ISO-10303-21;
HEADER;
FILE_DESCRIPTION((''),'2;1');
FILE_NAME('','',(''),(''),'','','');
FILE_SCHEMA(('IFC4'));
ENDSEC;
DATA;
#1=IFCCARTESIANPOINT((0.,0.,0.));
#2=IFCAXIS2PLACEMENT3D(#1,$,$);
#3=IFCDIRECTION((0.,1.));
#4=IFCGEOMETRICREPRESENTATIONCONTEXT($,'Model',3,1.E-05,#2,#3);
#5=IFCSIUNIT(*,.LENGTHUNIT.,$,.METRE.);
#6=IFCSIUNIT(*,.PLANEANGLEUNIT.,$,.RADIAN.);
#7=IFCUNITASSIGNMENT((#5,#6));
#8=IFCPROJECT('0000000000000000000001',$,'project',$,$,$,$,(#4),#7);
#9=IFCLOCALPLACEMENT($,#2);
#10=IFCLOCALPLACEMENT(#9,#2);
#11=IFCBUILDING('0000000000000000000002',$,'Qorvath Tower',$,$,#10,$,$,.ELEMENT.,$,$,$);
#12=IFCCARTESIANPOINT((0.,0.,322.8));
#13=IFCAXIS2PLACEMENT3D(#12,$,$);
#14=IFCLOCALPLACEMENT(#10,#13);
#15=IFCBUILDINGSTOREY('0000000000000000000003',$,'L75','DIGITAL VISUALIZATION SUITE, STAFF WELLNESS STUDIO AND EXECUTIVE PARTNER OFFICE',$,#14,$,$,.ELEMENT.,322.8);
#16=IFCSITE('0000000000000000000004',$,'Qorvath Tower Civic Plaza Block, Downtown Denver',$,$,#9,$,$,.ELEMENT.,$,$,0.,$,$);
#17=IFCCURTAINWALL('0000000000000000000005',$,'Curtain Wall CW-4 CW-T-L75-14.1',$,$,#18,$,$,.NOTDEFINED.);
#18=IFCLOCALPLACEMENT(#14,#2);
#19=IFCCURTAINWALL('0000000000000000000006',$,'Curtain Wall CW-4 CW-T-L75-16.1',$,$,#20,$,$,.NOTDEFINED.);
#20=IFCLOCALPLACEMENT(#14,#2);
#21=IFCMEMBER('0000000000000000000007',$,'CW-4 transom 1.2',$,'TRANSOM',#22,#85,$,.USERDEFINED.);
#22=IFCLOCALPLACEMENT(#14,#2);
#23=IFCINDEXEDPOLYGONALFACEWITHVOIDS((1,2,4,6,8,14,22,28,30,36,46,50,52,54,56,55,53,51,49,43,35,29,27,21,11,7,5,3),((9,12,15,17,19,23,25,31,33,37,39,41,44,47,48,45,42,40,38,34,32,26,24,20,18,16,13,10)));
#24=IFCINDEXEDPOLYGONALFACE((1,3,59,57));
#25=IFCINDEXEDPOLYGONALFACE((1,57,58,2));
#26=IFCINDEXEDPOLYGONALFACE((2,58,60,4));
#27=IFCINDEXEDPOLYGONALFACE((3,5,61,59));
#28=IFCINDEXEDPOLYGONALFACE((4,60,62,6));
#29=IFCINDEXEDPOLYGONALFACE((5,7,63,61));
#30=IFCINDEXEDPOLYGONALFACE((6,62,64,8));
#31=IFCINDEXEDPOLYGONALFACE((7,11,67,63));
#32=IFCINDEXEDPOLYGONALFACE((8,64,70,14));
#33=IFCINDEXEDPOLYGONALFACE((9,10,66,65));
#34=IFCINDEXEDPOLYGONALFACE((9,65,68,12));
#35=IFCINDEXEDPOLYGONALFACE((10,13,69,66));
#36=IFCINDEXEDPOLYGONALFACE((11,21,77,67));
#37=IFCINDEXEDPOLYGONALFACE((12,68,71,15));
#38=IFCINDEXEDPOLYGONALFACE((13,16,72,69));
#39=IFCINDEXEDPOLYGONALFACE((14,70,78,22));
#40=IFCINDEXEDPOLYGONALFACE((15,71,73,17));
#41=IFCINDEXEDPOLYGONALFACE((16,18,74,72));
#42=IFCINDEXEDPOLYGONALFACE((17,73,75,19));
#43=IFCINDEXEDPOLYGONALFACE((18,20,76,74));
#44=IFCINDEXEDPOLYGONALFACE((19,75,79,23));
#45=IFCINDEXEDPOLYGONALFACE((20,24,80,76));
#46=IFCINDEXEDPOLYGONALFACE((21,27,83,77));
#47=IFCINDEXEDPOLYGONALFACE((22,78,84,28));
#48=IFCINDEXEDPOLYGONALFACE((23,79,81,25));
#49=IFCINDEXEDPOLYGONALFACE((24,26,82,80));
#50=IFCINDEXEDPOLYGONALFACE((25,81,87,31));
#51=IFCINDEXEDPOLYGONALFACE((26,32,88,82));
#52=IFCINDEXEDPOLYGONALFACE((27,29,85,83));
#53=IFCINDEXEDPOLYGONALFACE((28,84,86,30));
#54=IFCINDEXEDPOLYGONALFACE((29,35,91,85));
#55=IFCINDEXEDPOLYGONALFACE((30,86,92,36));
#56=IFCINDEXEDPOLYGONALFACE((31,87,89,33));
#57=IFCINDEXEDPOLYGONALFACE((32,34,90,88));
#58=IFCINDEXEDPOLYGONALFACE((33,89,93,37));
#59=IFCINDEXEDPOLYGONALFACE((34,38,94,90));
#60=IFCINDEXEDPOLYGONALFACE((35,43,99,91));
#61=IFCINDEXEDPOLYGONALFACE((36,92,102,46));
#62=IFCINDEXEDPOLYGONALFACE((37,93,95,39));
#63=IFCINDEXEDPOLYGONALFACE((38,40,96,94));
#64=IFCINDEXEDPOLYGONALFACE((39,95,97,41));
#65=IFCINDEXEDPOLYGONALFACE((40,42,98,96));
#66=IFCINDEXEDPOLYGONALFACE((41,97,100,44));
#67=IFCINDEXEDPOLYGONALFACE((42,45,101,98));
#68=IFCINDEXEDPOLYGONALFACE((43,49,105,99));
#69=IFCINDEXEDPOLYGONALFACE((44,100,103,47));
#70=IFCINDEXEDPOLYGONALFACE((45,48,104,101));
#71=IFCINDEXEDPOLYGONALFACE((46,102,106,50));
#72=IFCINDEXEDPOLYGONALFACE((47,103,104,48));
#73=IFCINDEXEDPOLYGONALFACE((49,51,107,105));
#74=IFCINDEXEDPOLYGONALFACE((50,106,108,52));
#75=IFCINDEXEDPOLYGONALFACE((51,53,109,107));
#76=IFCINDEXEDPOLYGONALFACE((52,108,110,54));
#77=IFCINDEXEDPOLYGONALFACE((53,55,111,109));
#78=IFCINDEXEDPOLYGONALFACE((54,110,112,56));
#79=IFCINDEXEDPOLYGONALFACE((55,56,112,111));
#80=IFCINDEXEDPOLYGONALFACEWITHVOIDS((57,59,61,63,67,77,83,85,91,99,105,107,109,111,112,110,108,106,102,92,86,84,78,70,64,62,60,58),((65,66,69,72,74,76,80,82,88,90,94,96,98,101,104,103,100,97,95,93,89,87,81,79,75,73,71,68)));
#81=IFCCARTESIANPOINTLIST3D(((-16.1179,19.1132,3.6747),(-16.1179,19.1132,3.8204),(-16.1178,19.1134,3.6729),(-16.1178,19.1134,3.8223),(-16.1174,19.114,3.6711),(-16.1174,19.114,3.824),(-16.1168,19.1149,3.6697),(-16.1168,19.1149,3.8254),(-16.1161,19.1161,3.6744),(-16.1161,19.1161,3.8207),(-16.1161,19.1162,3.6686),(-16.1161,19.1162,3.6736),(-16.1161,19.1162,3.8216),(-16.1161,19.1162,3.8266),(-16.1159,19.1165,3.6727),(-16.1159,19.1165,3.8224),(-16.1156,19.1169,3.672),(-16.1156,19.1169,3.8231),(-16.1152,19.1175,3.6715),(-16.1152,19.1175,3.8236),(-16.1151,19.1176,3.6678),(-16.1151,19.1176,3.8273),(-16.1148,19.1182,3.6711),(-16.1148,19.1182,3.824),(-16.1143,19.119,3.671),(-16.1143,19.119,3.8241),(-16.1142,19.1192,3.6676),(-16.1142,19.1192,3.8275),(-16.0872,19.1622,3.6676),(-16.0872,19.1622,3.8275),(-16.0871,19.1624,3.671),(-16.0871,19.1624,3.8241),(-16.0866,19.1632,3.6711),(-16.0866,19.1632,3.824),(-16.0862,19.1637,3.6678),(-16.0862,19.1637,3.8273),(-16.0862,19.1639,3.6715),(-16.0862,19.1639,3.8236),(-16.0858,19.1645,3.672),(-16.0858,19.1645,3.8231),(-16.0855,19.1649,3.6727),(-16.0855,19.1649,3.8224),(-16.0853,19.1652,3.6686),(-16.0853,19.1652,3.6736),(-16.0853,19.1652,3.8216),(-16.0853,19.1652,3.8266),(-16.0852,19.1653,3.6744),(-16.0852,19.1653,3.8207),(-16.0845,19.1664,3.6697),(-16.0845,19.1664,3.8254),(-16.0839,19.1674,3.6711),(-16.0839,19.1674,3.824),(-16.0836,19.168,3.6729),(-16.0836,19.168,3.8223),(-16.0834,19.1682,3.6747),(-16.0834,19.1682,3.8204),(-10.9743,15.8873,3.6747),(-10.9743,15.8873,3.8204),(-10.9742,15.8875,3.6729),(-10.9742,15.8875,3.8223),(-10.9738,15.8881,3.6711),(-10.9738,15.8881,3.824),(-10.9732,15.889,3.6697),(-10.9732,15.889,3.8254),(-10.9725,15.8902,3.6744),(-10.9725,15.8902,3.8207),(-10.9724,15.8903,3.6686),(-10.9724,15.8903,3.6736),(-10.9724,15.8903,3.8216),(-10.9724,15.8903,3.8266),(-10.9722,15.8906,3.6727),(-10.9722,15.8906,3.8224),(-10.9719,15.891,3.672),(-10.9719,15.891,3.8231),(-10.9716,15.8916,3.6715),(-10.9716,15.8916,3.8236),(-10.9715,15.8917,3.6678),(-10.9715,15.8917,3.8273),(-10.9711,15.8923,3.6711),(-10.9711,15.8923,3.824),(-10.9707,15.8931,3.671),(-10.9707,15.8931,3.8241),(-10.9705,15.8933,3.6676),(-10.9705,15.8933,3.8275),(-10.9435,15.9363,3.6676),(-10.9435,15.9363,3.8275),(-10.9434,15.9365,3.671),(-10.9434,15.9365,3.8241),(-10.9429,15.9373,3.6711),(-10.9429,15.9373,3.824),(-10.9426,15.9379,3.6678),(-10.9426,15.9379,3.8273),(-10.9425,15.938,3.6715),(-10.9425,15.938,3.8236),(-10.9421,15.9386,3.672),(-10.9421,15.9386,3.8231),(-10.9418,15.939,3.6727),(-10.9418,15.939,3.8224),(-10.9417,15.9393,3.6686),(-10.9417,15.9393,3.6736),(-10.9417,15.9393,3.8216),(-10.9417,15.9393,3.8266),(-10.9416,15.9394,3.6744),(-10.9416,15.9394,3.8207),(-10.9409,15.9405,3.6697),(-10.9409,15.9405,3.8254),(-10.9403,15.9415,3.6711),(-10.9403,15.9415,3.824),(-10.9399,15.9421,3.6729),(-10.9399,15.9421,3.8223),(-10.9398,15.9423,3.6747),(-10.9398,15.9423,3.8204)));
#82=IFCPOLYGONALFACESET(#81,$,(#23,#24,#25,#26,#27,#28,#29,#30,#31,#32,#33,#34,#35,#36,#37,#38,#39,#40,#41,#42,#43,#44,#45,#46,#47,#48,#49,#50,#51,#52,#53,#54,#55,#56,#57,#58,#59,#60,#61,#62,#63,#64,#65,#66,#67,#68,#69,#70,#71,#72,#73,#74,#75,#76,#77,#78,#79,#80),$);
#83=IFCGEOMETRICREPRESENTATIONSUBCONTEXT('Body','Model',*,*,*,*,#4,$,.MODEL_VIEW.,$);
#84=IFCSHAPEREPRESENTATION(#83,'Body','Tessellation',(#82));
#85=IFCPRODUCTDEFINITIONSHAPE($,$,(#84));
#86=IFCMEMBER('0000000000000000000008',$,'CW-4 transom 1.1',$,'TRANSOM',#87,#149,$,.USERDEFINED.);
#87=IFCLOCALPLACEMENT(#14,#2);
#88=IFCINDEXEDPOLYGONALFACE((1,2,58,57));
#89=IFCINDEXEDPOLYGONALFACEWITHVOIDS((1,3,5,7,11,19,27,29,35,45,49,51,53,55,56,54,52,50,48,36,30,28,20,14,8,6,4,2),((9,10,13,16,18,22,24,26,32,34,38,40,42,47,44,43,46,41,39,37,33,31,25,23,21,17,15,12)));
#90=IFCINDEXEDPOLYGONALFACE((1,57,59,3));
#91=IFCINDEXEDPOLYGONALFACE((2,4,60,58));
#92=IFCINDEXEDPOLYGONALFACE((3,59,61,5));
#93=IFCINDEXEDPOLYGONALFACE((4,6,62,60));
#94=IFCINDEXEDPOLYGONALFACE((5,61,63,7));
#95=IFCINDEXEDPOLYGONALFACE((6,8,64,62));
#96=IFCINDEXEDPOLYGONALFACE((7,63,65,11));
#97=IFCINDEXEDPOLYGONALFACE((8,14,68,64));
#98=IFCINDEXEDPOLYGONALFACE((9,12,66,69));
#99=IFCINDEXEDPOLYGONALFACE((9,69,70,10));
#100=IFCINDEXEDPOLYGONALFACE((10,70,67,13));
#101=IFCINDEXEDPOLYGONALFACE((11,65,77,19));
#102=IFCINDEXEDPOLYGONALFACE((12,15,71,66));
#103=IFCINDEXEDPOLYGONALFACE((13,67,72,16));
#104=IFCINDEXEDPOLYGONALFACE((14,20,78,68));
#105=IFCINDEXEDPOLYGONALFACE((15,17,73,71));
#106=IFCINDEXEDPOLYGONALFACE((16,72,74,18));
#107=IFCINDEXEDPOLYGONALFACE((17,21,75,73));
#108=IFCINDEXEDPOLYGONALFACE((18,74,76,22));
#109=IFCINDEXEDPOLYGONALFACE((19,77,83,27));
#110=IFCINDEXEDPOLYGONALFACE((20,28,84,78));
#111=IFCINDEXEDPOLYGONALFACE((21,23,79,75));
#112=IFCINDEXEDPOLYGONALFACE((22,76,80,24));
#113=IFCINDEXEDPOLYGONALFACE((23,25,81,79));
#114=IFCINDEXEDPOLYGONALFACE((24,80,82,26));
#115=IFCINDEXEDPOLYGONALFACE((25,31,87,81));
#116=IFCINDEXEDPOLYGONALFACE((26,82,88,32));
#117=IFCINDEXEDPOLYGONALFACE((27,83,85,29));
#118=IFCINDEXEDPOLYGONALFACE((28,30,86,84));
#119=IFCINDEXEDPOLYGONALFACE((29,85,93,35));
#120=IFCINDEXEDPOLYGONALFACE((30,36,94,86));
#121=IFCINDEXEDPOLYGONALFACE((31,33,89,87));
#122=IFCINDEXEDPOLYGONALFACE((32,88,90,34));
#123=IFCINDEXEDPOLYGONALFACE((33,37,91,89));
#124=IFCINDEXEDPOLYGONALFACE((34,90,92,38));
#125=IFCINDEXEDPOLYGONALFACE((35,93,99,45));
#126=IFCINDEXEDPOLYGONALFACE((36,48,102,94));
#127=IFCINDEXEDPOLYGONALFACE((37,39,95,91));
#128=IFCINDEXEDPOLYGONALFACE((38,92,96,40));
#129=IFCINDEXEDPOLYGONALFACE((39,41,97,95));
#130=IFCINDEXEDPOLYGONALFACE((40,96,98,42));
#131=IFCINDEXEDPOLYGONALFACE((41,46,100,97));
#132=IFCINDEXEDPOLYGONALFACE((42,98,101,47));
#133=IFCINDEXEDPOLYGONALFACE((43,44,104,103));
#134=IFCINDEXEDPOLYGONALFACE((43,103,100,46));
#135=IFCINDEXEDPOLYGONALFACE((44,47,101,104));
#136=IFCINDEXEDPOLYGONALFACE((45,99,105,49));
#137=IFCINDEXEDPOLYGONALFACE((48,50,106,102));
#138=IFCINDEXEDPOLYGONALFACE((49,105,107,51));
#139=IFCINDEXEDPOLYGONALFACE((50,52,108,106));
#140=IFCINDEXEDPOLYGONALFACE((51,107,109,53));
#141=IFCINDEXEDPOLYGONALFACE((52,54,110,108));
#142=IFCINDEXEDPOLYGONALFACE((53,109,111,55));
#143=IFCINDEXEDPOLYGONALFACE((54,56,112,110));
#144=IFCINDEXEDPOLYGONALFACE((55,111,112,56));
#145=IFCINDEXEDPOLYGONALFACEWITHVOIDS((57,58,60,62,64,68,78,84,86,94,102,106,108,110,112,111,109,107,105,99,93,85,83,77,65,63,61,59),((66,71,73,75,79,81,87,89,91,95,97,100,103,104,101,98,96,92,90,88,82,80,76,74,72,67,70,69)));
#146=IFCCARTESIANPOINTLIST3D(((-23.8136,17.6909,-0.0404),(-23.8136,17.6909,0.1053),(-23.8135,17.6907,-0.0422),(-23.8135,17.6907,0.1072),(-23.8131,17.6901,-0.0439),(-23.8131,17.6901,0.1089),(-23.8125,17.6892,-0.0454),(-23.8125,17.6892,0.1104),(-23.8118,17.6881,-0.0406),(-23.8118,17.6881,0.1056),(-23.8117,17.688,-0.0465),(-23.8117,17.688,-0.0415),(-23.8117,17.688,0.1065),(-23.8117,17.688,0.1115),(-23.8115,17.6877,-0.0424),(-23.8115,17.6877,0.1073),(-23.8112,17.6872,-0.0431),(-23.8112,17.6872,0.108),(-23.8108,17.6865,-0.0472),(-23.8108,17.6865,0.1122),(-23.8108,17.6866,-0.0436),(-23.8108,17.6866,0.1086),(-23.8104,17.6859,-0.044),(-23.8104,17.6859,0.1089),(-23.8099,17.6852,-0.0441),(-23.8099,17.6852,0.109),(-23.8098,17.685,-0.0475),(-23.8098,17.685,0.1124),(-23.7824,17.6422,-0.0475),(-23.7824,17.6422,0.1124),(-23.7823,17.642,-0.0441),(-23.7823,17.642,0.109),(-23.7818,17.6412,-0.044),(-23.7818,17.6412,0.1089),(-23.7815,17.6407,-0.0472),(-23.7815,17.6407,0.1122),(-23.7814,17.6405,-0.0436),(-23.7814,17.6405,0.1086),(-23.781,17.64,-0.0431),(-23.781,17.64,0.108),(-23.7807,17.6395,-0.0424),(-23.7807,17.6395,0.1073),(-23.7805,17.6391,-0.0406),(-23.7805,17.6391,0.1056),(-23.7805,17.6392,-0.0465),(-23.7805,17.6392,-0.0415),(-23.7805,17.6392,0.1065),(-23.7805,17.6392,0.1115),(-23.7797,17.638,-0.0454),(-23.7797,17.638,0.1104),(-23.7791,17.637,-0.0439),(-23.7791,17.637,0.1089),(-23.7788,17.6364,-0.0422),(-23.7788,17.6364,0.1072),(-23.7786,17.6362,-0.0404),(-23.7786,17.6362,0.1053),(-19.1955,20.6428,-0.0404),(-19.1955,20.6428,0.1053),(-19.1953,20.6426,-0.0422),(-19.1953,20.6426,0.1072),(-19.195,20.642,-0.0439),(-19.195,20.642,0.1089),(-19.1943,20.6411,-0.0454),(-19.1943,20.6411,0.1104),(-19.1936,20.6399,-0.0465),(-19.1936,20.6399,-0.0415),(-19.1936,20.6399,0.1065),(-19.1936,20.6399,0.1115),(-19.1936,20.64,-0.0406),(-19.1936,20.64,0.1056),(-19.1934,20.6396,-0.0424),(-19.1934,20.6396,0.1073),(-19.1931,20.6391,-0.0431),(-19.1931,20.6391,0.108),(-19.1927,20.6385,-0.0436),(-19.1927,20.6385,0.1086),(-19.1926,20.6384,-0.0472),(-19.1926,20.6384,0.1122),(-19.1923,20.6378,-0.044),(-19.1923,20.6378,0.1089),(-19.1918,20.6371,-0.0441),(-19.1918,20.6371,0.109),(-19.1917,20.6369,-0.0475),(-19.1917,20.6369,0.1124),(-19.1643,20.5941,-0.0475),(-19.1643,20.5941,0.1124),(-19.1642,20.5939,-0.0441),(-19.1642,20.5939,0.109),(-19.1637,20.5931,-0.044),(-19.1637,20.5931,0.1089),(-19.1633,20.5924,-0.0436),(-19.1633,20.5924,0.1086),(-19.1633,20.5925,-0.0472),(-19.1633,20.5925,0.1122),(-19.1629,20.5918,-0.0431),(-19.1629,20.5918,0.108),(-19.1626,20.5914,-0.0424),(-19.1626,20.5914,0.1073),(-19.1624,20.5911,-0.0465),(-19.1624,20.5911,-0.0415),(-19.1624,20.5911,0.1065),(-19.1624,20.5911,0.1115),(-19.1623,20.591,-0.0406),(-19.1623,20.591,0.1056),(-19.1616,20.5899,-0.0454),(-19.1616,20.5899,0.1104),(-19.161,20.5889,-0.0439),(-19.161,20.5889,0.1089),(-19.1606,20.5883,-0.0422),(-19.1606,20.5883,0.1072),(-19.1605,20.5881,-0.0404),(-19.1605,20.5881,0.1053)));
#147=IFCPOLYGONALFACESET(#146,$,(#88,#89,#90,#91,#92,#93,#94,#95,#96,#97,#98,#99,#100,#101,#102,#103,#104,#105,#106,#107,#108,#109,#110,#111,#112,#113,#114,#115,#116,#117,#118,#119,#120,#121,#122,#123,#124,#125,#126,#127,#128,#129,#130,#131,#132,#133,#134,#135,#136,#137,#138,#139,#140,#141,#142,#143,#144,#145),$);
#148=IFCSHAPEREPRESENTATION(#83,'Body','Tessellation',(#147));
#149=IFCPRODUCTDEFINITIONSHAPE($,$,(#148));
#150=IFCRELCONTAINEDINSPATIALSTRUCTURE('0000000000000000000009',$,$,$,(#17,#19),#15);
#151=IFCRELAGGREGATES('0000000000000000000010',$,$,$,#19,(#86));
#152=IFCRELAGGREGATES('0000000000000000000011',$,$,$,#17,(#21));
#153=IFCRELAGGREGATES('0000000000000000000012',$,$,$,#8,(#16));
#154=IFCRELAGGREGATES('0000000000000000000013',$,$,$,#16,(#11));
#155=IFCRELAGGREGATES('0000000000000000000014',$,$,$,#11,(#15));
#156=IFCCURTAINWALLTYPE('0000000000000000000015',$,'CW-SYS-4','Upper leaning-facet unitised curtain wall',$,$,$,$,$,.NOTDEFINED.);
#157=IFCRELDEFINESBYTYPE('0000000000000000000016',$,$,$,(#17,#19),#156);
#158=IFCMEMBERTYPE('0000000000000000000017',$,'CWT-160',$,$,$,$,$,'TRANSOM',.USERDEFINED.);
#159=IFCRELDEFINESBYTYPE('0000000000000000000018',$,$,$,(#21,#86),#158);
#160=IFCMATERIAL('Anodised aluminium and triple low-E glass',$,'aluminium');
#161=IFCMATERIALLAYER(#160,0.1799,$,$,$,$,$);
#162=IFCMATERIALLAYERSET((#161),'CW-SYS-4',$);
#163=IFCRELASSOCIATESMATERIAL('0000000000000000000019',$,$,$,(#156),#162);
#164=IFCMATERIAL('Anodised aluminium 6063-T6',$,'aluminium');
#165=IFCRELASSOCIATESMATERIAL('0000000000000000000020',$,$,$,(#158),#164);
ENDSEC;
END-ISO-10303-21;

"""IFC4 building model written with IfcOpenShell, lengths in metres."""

from ifc_helpers import new_model, si_unit, direction, frame, origin, origin_2d, place, context, subcontext, project, spatial, hollow_rectangle, extrude, material, layer, layer_set, material_profile, profile_set, type_object, element, aggregate, save


model = new_model("IFC4")

# Units and contexts
model_context = context("Model", 3, precision=1e-05, world=origin(), true_north=direction((0.0, 1.0)))
body_context = subcontext(model_context, "Body", "Model", "MODEL_VIEW")
ifc_project = project(units=[si_unit("LENGTHUNIT", "METRE"), si_unit("PLANEANGLEUNIT", "RADIAN")], contexts=[model_context])

# Site, building, storey
site_placement = place(None, origin())
site = spatial("IfcSite", under=ifc_project, at=site_placement, Name="Qorvath Tower Civic Plaza Block, Downtown Denver", CompositionType="ELEMENT", RefElevation=0.0)
building_placement = place(site_placement, origin())
building = spatial("IfcBuilding", under=site, at=building_placement, Name="Qorvath Tower", CompositionType="ELEMENT")
storey_placement = place(building_placement, frame((0.0, 0.0, 322.8)))
storey = spatial("IfcBuildingStorey", under=building, at=storey_placement, Name="L75", Description="DIGITAL VISUALIZATION SUITE, STAFF WELLNESS STUDIO AND EXECUTIVE PARTNER OFFICE", CompositionType="ELEMENT", Elevation=322.8)

# Shared definitions
ifc_material_1 = material(Name="Anodised aluminium and triple low-E glass", Category="aluminium")
ifc_layer_1 = layer(ifc_material_1, 0.1799)
ifc_layer_set_1 = layer_set([ifc_layer_1], Name="CW-SYS-4")
curtain_wall_type = type_object("IfcCurtainWallType", Name="CW-SYS-4", Description="Upper leaning-facet unitised curtain wall", PredefinedType="NOTDEFINED", material=ifc_layer_set_1)

# Curtain wall
curtain_wall_1_placement = place(storey_placement, origin())
curtain_wall_1 = element("IfcCurtainWall", 1, at=curtain_wall_1_placement, inside=storey, type_object=curtain_wall_type, Name="Curtain Wall CW-4 CW-T-L75-14.1", PredefinedType="NOTDEFINED")

# Curtain wall
curtain_wall_2_placement = place(storey_placement, origin())
curtain_wall_2 = element("IfcCurtainWall", 2, at=curtain_wall_2_placement, inside=storey, type_object=curtain_wall_type, Name="Curtain Wall CW-4 CW-T-L75-16.1", PredefinedType="NOTDEFINED")

# Members
ifc_material_2 = material(Name="Anodised aluminium 6063-T6", Category="aluminium")
ifc_material_profile_1 = material_profile(ifc_material_2, hollow_rectangle(XDim=0.0649, YDim=0.1599, WallThickness=0.0034, InnerFilletRadius=0.0034, OuterFilletRadius=0.0071, at=origin_2d()), Name="CWT 160x65")
ifc_profile_set_1 = profile_set([ifc_material_profile_1], Name="Anodised aluminium 6063-T6")
member_type_1 = type_object("IfcMemberType", Name="CWT-160", ElementType="TRANSOM", PredefinedType="USERDEFINED", material=ifc_profile_set_1)
member_1_placement = place(storey_placement, frame((-10.957, 15.9148, 3.7476), z_axis=(-0.847175, 0.531314, 0.0), x_axis=(-0.531314, -0.847175, 0.0)))
member_1 = element("IfcMember", 3, at=member_1_placement, type_object=member_type_1, Name="CW-4 transom 1.2", ObjectType="TRANSOM", PredefinedType="USERDEFINED", context=body_context, shape_type="SweptSolid", body=[
    extrude(hollow_rectangle(XDim=0.0649, YDim=0.1599, WallThickness=0.0034, InnerFilletRadius=0.0034, OuterFilletRadius=0.0071, at=origin_2d()), origin(), (0.0, 0.0, 1.0), 6.0715),
])
member_2_placement = place(storey_placement, frame((-19.178, 20.6155, 0.0325), z_axis=(-0.842579, -0.538572, 0.0), x_axis=(0.538572, -0.842579, 0.0)))
member_2 = element("IfcMember", 4, at=member_2_placement, type_object=member_type_1, Name="CW-4 transom 1.1", ObjectType="TRANSOM", PredefinedType="USERDEFINED", context=body_context, shape_type="SweptSolid", body=[
    extrude(hollow_rectangle(XDim=0.0649, YDim=0.1599, WallThickness=0.0034, InnerFilletRadius=0.0034, OuterFilletRadius=0.0071, at=origin_2d()), origin(), (0.0, 0.0, 1.0), 5.481),
])
aggregate(curtain_wall_2, [member_2])

aggregate(curtain_wall_1, [member_1])

save(model, "model.ifc")
